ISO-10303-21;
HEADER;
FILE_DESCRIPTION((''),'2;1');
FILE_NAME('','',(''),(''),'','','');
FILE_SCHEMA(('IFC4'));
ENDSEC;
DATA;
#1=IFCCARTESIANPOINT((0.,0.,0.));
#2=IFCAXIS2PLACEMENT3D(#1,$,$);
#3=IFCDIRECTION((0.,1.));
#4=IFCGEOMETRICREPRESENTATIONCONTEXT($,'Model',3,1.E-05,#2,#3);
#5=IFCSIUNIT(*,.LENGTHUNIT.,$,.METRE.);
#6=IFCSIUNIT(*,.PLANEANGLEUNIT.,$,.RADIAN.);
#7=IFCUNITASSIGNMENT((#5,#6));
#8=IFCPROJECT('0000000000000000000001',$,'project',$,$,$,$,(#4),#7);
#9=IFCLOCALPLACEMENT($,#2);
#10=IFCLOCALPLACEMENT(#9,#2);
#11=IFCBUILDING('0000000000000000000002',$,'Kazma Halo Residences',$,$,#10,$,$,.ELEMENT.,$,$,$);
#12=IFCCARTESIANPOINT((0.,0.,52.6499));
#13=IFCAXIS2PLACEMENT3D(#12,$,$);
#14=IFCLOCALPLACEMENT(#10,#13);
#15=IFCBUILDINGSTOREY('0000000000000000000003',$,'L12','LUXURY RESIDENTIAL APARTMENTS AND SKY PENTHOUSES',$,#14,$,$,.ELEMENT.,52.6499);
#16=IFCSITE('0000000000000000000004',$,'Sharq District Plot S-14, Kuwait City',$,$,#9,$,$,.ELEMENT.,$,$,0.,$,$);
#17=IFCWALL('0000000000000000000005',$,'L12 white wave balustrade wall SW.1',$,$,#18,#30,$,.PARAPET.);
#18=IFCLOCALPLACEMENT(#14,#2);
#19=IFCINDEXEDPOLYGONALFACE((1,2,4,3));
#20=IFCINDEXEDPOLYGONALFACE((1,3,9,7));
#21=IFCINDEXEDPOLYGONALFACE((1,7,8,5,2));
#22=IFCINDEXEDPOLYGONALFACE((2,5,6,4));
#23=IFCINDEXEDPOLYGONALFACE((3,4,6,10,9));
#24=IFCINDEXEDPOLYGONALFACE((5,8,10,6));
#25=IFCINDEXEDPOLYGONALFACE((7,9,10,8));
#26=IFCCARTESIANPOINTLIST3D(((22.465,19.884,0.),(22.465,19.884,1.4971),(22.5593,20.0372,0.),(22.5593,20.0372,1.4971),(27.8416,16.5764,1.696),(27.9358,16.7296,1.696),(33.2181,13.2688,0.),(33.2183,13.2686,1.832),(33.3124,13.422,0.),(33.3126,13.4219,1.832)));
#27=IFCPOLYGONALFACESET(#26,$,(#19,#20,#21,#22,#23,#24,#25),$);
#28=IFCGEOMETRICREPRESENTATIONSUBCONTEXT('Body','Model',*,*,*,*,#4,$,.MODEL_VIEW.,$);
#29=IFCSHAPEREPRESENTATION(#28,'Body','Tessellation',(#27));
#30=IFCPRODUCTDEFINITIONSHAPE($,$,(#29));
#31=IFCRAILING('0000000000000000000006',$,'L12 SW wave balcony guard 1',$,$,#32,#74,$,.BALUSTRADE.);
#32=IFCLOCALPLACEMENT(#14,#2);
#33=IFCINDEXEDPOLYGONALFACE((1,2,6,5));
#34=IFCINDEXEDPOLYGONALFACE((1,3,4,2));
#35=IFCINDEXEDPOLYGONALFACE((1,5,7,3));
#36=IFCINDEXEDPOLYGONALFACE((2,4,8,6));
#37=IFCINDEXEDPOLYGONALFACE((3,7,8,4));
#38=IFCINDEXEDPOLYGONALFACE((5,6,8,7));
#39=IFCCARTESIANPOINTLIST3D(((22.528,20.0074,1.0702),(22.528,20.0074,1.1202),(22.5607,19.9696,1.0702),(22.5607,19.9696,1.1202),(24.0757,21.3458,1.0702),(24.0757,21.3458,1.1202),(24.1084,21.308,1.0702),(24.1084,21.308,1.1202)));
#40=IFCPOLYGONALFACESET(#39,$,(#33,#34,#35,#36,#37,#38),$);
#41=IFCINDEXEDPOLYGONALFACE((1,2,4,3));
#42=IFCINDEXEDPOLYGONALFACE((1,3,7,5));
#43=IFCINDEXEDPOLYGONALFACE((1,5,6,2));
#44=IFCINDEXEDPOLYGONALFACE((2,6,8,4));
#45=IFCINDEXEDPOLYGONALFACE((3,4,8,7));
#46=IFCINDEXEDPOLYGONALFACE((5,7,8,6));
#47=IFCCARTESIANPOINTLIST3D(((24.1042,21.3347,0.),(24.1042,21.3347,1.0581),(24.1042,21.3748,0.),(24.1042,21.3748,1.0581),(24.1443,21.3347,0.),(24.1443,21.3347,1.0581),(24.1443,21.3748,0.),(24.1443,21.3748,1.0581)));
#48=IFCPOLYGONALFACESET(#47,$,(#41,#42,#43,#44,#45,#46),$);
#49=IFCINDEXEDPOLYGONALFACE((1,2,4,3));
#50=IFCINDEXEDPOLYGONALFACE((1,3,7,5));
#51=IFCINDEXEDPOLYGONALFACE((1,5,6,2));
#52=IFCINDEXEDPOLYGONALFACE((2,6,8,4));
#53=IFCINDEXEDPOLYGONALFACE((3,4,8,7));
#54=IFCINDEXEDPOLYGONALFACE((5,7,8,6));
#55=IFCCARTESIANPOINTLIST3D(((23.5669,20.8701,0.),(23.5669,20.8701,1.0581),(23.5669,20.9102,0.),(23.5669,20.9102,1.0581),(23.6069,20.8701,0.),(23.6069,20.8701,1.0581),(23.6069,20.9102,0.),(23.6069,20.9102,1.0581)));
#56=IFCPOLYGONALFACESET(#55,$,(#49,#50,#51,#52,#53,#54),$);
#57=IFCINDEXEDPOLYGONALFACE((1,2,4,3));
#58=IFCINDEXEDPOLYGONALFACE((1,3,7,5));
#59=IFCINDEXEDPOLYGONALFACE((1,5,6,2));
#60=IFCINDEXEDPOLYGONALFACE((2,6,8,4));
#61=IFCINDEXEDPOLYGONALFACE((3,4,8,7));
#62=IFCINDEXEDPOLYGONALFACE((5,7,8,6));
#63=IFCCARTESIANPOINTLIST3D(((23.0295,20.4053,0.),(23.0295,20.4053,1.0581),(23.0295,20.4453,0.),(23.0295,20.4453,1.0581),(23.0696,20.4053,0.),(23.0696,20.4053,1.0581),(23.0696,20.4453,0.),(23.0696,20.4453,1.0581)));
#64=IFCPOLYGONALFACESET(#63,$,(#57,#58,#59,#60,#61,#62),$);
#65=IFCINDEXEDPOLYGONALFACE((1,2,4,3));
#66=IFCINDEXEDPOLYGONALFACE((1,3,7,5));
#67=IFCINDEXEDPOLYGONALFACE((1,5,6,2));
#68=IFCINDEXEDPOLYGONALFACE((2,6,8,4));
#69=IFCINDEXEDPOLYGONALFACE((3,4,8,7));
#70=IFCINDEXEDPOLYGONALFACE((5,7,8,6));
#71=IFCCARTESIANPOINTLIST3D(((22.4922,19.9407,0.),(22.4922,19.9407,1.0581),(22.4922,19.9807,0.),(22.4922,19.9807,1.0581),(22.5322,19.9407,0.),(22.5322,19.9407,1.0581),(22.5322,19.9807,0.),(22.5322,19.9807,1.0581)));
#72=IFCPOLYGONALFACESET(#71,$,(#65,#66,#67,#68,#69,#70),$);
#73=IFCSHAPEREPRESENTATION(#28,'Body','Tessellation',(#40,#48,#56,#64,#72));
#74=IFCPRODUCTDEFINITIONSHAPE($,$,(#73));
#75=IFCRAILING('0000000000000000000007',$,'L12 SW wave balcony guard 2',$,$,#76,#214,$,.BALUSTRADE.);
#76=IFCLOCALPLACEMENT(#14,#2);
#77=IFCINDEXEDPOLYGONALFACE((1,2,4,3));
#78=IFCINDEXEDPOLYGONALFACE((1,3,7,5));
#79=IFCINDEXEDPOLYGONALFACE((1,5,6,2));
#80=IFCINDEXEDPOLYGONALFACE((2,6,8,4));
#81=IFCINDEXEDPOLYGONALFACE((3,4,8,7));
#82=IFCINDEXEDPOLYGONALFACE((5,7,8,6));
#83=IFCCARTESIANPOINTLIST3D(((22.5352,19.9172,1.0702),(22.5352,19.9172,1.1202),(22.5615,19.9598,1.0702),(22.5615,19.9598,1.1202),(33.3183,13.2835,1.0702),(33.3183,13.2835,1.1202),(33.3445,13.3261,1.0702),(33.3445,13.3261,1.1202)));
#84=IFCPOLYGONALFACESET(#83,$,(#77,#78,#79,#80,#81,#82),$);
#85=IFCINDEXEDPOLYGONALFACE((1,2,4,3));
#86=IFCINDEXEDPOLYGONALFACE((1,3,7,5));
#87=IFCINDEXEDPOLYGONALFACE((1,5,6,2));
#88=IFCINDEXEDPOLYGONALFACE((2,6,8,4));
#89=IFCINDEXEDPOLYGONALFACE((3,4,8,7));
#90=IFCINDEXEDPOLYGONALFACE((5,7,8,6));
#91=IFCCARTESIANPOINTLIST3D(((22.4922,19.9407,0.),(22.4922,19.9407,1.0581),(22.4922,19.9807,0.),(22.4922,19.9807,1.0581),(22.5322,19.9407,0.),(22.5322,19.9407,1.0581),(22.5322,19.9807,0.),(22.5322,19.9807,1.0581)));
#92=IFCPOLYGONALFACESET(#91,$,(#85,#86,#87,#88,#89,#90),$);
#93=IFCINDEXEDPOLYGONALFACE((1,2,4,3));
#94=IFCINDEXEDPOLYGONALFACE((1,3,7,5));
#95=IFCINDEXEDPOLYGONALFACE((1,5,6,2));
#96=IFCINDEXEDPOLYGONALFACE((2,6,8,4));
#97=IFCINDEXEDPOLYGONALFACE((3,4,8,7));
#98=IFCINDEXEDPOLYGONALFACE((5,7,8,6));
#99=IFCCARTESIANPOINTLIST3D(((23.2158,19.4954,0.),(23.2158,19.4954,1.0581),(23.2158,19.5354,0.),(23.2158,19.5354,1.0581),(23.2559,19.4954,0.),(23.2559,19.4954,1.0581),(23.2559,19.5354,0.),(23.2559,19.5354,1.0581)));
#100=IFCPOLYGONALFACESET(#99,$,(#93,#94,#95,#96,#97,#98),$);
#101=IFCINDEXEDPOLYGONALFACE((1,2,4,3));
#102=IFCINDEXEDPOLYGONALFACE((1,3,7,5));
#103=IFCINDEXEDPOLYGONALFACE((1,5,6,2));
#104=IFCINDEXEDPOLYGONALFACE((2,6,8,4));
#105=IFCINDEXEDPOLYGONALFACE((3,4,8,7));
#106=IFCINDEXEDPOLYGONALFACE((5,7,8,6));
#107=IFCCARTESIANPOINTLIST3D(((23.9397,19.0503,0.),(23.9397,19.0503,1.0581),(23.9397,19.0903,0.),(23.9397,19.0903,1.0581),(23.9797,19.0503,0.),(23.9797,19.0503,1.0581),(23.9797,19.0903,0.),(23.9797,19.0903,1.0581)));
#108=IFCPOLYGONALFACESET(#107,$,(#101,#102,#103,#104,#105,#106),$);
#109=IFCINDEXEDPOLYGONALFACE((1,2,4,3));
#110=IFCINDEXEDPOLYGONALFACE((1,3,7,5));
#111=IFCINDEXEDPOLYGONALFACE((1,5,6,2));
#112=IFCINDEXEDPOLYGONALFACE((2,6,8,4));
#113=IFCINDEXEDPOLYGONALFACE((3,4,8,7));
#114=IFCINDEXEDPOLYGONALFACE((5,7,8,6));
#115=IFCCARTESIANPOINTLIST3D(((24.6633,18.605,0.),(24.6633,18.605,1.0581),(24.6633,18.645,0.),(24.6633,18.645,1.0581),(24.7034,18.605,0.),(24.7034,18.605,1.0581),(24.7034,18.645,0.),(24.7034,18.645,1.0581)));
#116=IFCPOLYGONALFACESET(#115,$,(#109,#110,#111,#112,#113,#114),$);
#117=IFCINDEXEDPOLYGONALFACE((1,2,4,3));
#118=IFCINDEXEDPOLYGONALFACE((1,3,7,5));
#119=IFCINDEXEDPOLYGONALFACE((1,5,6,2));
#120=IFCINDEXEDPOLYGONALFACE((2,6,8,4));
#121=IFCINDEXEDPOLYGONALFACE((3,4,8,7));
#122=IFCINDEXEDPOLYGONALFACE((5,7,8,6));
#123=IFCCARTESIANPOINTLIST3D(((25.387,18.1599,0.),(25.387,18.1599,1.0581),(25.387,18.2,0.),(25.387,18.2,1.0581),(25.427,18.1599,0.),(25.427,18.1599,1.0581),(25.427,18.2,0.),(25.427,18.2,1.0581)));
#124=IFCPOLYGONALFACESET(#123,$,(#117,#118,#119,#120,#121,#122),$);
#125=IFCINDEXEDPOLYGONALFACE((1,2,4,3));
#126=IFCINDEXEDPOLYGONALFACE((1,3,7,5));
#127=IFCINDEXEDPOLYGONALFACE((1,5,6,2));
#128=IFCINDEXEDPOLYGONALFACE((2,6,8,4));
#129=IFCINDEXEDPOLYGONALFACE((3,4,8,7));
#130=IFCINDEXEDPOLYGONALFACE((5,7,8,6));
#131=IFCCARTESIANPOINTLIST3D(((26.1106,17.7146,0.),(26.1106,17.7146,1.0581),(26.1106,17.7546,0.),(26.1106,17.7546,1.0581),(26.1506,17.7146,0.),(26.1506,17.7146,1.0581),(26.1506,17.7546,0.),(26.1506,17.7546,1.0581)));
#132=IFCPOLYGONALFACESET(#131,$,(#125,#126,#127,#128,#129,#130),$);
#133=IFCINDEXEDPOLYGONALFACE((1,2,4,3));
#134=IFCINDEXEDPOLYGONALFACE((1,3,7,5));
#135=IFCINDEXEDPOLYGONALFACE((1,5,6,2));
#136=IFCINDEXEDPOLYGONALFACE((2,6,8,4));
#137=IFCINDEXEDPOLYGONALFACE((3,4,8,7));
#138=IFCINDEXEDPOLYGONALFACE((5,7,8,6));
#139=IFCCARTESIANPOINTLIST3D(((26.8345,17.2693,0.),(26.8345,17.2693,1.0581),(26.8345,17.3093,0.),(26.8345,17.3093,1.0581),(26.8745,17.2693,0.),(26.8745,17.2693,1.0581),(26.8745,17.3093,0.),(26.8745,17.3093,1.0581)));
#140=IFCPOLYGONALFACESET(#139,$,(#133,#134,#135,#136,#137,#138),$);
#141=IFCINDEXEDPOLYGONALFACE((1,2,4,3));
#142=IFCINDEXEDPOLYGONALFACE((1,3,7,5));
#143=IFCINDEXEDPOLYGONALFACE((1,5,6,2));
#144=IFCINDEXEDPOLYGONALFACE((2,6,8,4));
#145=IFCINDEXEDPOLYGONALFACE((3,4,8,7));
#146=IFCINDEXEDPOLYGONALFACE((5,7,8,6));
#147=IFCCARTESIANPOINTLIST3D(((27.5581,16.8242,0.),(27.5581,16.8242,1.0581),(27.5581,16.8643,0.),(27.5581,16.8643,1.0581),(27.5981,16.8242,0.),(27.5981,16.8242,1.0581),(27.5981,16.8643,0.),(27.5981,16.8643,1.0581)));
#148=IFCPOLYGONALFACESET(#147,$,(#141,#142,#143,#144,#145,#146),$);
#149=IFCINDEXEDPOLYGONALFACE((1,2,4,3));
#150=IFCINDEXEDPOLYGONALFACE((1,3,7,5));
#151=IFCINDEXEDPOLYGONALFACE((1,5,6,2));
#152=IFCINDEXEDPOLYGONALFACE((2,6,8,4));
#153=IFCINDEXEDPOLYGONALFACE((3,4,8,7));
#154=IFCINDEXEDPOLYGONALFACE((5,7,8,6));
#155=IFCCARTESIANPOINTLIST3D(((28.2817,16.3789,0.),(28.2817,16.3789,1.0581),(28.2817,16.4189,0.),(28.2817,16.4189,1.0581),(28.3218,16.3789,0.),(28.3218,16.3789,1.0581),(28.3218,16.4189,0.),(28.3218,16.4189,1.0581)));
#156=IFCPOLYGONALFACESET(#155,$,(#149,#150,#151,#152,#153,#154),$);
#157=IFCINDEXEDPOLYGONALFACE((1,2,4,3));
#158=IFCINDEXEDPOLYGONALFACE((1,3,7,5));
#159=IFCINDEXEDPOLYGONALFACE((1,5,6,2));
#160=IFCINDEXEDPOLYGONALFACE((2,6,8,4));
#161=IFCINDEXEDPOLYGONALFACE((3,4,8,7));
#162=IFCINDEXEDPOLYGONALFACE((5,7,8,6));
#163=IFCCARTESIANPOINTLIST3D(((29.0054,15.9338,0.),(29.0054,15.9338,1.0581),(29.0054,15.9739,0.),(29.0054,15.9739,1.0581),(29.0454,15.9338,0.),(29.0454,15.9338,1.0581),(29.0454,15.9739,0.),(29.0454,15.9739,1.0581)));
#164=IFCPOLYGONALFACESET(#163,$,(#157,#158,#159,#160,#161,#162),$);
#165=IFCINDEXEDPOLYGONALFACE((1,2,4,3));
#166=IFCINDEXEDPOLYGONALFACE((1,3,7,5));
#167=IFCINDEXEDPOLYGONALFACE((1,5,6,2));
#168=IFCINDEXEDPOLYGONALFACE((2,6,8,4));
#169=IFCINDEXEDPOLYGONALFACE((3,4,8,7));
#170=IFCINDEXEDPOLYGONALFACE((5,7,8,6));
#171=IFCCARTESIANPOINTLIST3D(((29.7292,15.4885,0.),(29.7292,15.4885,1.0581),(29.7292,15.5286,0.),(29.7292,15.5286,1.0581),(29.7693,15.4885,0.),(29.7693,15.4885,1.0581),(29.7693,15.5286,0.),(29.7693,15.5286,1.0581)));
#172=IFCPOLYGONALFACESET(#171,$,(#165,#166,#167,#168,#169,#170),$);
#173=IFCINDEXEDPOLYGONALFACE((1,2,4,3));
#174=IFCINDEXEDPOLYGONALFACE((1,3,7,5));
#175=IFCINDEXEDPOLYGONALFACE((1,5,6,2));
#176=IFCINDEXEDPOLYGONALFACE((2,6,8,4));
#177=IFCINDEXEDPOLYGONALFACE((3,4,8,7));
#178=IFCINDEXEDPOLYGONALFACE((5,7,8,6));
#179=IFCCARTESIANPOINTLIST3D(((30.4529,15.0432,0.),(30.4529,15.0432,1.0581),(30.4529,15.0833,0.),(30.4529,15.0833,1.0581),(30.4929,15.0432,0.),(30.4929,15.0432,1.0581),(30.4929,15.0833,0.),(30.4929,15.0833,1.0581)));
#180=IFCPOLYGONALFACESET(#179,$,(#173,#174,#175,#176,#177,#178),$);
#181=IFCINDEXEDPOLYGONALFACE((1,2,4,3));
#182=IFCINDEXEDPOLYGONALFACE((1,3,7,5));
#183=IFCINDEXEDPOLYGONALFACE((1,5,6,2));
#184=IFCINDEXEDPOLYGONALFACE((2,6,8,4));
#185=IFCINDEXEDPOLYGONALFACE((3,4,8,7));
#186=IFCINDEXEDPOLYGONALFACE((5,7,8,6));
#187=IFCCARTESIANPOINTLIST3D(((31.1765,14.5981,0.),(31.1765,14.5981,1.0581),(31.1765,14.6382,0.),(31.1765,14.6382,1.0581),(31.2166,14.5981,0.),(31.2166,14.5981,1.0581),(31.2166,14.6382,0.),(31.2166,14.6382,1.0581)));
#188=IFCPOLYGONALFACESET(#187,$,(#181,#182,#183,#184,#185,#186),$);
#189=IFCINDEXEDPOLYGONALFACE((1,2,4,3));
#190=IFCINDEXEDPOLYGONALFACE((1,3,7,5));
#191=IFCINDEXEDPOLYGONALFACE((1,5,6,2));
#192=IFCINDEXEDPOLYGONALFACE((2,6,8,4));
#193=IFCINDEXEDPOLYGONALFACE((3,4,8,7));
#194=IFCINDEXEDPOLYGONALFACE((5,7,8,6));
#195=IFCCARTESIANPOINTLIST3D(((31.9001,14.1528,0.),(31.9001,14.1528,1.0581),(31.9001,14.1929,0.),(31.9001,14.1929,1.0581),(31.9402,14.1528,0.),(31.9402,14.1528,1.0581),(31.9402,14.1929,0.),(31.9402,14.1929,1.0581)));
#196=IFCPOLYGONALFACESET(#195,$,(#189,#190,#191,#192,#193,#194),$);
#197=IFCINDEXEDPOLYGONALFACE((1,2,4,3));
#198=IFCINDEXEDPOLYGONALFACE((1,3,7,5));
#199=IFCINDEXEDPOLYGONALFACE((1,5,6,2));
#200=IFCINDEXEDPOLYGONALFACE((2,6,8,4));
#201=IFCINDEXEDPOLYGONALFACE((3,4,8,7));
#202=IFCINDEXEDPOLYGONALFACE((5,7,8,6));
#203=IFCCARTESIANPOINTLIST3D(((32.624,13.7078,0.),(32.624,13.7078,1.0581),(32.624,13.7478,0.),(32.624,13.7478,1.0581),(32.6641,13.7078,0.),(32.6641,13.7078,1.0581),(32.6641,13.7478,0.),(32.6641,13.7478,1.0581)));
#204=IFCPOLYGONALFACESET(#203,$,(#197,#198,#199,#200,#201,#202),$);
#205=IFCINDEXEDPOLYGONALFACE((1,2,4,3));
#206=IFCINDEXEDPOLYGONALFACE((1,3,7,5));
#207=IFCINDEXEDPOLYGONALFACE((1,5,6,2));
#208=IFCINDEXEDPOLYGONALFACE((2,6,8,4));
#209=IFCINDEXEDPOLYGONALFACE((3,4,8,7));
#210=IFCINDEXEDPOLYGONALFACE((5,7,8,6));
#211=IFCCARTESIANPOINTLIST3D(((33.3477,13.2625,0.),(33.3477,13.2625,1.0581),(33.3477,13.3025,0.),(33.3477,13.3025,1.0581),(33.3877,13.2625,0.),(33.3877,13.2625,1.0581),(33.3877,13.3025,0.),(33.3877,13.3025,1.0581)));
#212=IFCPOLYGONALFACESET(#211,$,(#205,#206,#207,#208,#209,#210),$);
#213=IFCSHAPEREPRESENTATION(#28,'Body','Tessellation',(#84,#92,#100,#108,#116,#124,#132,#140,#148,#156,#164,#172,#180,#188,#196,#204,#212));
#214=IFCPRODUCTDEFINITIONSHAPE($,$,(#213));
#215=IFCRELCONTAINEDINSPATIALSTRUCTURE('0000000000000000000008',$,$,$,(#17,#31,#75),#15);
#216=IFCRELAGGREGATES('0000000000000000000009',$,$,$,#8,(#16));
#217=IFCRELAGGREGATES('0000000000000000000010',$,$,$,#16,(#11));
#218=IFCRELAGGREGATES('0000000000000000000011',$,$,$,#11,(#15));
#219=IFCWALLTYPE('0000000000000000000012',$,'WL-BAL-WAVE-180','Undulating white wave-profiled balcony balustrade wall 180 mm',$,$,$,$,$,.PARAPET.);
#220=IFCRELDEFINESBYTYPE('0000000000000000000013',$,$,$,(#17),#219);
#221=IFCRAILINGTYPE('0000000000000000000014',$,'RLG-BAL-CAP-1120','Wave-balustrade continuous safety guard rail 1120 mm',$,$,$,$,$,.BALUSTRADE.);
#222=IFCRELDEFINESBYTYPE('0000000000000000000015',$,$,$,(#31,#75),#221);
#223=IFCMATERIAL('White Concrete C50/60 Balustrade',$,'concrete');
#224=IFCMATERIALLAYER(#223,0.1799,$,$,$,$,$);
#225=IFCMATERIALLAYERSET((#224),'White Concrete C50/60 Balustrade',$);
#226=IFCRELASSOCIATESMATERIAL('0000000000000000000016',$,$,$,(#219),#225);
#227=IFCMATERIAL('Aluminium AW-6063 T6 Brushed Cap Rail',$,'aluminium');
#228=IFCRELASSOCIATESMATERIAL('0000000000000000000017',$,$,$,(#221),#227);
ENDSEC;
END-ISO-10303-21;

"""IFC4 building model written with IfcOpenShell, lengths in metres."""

from ifc_helpers import new_model, si_unit, direction, frame, origin, origin_2d, place, context, subcontext, project, spatial, polyline, rectangle, outline, extrude, material, layer, layer_set, type_object, element, save


model = new_model("IFC4")

# Units and contexts
model_context = context("Model", 3, precision=1e-05, world=origin(), true_north=direction((0.0, 1.0)))
body_context = subcontext(model_context, "Body", "Model", "MODEL_VIEW")
ifc_project = project(units=[si_unit("LENGTHUNIT", "METRE"), si_unit("PLANEANGLEUNIT", "RADIAN")], contexts=[model_context])

# Site, building, storey
site_placement = place(None, origin())
site = spatial("IfcSite", under=ifc_project, at=site_placement, Name="Sharq District Plot S-14, Kuwait City", CompositionType="ELEMENT", RefElevation=0.0)
building_placement = place(site_placement, origin())
building = spatial("IfcBuilding", under=site, at=building_placement, Name="Kazma Halo Residences", CompositionType="ELEMENT")
storey_placement = place(building_placement, frame((0.0, 0.0, 52.6499)))
storey = spatial("IfcBuildingStorey", under=building, at=storey_placement, Name="L12", Description="LUXURY RESIDENTIAL APARTMENTS AND SKY PENTHOUSES", CompositionType="ELEMENT", Elevation=52.6499)

# Wall
ifc_material_1 = material(Name="White Concrete C50/60 Balustrade", Category="concrete")
ifc_layer_1 = layer(ifc_material_1, 0.1799)
ifc_layer_set_1 = layer_set([ifc_layer_1], Name="White Concrete C50/60 Balustrade")
wall_type_1 = type_object("IfcWallType", Name="WL-BAL-WAVE-180", Description="Undulating white wave-profiled balcony balustrade wall 180 mm", PredefinedType="PARAPET", material=ifc_layer_set_1)
wall_1_placement = place(storey_placement, frame((22.5122, 19.9607, 0.0), z_axis=(0.0, 0.0, 1.0), x_axis=(0.851733, -0.523977, 0.0)))
element("IfcWall", 1, at=wall_1_placement, inside=storey, type_object=wall_type_1, Name="L12 white wave balustrade wall SW.1", PredefinedType="PARAPET", context=body_context, shape_type="SweptSolid", body=[
    extrude(outline(polyline([(0.0, 0.0), (12.625, 0.0), (12.6252, 1.832), (6.3125, 1.696), (0.0, 1.4971), (0.0, 0.0)])), frame((0.0, 0.0898, 0.0), z_axis=(0.0, -1.0, 0.0), x_axis=(1.0, 0.0, 0.0)), (0.0, 0.0, 1.0), 0.1799),
])

# Railings
ifc_material_2 = material(Name="Aluminium AW-6063 T6 Brushed Cap Rail", Category="aluminium")
railing_type = type_object("IfcRailingType", Name="RLG-BAL-CAP-1120", Description="Wave-balustrade continuous safety guard rail 1120 mm", PredefinedType="BALUSTRADE", material=ifc_material_2)
railing_1_placement = place(storey_placement, frame((24.1243, 21.3547, 0.0)))
element("IfcRailing", 2, at=railing_1_placement, inside=storey, type_object=railing_type, Name="L12 SW wave balcony guard 1", PredefinedType="BALUSTRADE", context=body_context, shape_type="SweptSolid", body=[
    extrude(rectangle(XDim=0.05, YDim=0.05, at=origin_2d()), frame((-0.0322, -0.0278, 1.0952), z_axis=(-0.756403, -0.654106, 0.0), x_axis=(0.654106, -0.756403, 0.0)), (0.0, 0.0, 1.0), 2.0461),
    extrude(rectangle(XDim=0.04, YDim=0.04, at=origin_2d()), origin(), (0.0, 0.0, 1.0), 1.0581),
    extrude(rectangle(XDim=0.04, YDim=0.04, at=origin_2d()), frame((-0.5374, -0.4646, 0.0)), (0.0, 0.0, 1.0), 1.0581),
    extrude(rectangle(XDim=0.04, YDim=0.04, at=origin_2d()), frame((-1.0747, -0.9294, 0.0)), (0.0, 0.0, 1.0), 1.0581),
    extrude(rectangle(XDim=0.04, YDim=0.04, at=origin_2d()), frame((-1.6121, -1.394, 0.0)), (0.0, 0.0, 1.0), 1.0581),
])
railing_2_placement = place(storey_placement, frame((22.5122, 19.9607, 0.0)))
element("IfcRailing", 3, at=railing_2_placement, inside=storey, type_object=railing_type, Name="L12 SW wave balcony guard 2", PredefinedType="BALUSTRADE", context=body_context, shape_type="SweptSolid", body=[
    extrude(rectangle(XDim=0.05, YDim=0.05, at=origin_2d()), frame((0.0361, -0.0222, 1.0952), z_axis=(0.851731, -0.52398, 0.0), x_axis=(0.52398, 0.851731, 0.0)), (0.0, 0.0, 1.0), 12.6602),
    extrude(rectangle(XDim=0.04, YDim=0.04, at=origin_2d()), origin(), (0.0, 0.0, 1.0), 1.0581),
    extrude(rectangle(XDim=0.04, YDim=0.04, at=origin_2d()), frame((0.7236, -0.4453, 0.0)), (0.0, 0.0, 1.0), 1.0581),
    extrude(rectangle(XDim=0.04, YDim=0.04, at=origin_2d()), frame((1.4475, -0.8904, 0.0)), (0.0, 0.0, 1.0), 1.0581),
    extrude(rectangle(XDim=0.04, YDim=0.04, at=origin_2d()), frame((2.1711, -1.3357, 0.0)), (0.0, 0.0, 1.0), 1.0581),
    extrude(rectangle(XDim=0.04, YDim=0.04, at=origin_2d()), frame((2.8948, -1.7808, 0.0)), (0.0, 0.0, 1.0), 1.0581),
    extrude(rectangle(XDim=0.04, YDim=0.04, at=origin_2d()), frame((3.6184, -2.2261, 0.0)), (0.0, 0.0, 1.0), 1.0581),
    extrude(rectangle(XDim=0.04, YDim=0.04, at=origin_2d()), frame((4.3423, -2.6714, 0.0)), (0.0, 0.0, 1.0), 1.0581),
    extrude(rectangle(XDim=0.04, YDim=0.04, at=origin_2d()), frame((5.0659, -3.1165, 0.0)), (0.0, 0.0, 1.0), 1.0581),
    extrude(rectangle(XDim=0.04, YDim=0.04, at=origin_2d()), frame((5.7896, -3.5618, 0.0)), (0.0, 0.0, 1.0), 1.0581),
    extrude(rectangle(XDim=0.04, YDim=0.04, at=origin_2d()), frame((6.5132, -4.0068, 0.0)), (0.0, 0.0, 1.0), 1.0581),
    extrude(rectangle(XDim=0.04, YDim=0.04, at=origin_2d()), frame((7.2371, -4.4521, 0.0)), (0.0, 0.0, 1.0), 1.0581),
    extrude(rectangle(XDim=0.04, YDim=0.04, at=origin_2d()), frame((7.9607, -4.8975, 0.0)), (0.0, 0.0, 1.0), 1.0581),
    extrude(rectangle(XDim=0.04, YDim=0.04, at=origin_2d()), frame((8.6843, -5.3425, 0.0)), (0.0, 0.0, 1.0), 1.0581),
    extrude(rectangle(XDim=0.04, YDim=0.04, at=origin_2d()), frame((9.408, -5.7878, 0.0)), (0.0, 0.0, 1.0), 1.0581),
    extrude(rectangle(XDim=0.04, YDim=0.04, at=origin_2d()), frame((10.1318, -6.2329, 0.0)), (0.0, 0.0, 1.0), 1.0581),
    extrude(rectangle(XDim=0.04, YDim=0.04, at=origin_2d()), frame((10.8555, -6.6782, 0.0)), (0.0, 0.0, 1.0), 1.0581),
])

save(model, "model.ifc")
